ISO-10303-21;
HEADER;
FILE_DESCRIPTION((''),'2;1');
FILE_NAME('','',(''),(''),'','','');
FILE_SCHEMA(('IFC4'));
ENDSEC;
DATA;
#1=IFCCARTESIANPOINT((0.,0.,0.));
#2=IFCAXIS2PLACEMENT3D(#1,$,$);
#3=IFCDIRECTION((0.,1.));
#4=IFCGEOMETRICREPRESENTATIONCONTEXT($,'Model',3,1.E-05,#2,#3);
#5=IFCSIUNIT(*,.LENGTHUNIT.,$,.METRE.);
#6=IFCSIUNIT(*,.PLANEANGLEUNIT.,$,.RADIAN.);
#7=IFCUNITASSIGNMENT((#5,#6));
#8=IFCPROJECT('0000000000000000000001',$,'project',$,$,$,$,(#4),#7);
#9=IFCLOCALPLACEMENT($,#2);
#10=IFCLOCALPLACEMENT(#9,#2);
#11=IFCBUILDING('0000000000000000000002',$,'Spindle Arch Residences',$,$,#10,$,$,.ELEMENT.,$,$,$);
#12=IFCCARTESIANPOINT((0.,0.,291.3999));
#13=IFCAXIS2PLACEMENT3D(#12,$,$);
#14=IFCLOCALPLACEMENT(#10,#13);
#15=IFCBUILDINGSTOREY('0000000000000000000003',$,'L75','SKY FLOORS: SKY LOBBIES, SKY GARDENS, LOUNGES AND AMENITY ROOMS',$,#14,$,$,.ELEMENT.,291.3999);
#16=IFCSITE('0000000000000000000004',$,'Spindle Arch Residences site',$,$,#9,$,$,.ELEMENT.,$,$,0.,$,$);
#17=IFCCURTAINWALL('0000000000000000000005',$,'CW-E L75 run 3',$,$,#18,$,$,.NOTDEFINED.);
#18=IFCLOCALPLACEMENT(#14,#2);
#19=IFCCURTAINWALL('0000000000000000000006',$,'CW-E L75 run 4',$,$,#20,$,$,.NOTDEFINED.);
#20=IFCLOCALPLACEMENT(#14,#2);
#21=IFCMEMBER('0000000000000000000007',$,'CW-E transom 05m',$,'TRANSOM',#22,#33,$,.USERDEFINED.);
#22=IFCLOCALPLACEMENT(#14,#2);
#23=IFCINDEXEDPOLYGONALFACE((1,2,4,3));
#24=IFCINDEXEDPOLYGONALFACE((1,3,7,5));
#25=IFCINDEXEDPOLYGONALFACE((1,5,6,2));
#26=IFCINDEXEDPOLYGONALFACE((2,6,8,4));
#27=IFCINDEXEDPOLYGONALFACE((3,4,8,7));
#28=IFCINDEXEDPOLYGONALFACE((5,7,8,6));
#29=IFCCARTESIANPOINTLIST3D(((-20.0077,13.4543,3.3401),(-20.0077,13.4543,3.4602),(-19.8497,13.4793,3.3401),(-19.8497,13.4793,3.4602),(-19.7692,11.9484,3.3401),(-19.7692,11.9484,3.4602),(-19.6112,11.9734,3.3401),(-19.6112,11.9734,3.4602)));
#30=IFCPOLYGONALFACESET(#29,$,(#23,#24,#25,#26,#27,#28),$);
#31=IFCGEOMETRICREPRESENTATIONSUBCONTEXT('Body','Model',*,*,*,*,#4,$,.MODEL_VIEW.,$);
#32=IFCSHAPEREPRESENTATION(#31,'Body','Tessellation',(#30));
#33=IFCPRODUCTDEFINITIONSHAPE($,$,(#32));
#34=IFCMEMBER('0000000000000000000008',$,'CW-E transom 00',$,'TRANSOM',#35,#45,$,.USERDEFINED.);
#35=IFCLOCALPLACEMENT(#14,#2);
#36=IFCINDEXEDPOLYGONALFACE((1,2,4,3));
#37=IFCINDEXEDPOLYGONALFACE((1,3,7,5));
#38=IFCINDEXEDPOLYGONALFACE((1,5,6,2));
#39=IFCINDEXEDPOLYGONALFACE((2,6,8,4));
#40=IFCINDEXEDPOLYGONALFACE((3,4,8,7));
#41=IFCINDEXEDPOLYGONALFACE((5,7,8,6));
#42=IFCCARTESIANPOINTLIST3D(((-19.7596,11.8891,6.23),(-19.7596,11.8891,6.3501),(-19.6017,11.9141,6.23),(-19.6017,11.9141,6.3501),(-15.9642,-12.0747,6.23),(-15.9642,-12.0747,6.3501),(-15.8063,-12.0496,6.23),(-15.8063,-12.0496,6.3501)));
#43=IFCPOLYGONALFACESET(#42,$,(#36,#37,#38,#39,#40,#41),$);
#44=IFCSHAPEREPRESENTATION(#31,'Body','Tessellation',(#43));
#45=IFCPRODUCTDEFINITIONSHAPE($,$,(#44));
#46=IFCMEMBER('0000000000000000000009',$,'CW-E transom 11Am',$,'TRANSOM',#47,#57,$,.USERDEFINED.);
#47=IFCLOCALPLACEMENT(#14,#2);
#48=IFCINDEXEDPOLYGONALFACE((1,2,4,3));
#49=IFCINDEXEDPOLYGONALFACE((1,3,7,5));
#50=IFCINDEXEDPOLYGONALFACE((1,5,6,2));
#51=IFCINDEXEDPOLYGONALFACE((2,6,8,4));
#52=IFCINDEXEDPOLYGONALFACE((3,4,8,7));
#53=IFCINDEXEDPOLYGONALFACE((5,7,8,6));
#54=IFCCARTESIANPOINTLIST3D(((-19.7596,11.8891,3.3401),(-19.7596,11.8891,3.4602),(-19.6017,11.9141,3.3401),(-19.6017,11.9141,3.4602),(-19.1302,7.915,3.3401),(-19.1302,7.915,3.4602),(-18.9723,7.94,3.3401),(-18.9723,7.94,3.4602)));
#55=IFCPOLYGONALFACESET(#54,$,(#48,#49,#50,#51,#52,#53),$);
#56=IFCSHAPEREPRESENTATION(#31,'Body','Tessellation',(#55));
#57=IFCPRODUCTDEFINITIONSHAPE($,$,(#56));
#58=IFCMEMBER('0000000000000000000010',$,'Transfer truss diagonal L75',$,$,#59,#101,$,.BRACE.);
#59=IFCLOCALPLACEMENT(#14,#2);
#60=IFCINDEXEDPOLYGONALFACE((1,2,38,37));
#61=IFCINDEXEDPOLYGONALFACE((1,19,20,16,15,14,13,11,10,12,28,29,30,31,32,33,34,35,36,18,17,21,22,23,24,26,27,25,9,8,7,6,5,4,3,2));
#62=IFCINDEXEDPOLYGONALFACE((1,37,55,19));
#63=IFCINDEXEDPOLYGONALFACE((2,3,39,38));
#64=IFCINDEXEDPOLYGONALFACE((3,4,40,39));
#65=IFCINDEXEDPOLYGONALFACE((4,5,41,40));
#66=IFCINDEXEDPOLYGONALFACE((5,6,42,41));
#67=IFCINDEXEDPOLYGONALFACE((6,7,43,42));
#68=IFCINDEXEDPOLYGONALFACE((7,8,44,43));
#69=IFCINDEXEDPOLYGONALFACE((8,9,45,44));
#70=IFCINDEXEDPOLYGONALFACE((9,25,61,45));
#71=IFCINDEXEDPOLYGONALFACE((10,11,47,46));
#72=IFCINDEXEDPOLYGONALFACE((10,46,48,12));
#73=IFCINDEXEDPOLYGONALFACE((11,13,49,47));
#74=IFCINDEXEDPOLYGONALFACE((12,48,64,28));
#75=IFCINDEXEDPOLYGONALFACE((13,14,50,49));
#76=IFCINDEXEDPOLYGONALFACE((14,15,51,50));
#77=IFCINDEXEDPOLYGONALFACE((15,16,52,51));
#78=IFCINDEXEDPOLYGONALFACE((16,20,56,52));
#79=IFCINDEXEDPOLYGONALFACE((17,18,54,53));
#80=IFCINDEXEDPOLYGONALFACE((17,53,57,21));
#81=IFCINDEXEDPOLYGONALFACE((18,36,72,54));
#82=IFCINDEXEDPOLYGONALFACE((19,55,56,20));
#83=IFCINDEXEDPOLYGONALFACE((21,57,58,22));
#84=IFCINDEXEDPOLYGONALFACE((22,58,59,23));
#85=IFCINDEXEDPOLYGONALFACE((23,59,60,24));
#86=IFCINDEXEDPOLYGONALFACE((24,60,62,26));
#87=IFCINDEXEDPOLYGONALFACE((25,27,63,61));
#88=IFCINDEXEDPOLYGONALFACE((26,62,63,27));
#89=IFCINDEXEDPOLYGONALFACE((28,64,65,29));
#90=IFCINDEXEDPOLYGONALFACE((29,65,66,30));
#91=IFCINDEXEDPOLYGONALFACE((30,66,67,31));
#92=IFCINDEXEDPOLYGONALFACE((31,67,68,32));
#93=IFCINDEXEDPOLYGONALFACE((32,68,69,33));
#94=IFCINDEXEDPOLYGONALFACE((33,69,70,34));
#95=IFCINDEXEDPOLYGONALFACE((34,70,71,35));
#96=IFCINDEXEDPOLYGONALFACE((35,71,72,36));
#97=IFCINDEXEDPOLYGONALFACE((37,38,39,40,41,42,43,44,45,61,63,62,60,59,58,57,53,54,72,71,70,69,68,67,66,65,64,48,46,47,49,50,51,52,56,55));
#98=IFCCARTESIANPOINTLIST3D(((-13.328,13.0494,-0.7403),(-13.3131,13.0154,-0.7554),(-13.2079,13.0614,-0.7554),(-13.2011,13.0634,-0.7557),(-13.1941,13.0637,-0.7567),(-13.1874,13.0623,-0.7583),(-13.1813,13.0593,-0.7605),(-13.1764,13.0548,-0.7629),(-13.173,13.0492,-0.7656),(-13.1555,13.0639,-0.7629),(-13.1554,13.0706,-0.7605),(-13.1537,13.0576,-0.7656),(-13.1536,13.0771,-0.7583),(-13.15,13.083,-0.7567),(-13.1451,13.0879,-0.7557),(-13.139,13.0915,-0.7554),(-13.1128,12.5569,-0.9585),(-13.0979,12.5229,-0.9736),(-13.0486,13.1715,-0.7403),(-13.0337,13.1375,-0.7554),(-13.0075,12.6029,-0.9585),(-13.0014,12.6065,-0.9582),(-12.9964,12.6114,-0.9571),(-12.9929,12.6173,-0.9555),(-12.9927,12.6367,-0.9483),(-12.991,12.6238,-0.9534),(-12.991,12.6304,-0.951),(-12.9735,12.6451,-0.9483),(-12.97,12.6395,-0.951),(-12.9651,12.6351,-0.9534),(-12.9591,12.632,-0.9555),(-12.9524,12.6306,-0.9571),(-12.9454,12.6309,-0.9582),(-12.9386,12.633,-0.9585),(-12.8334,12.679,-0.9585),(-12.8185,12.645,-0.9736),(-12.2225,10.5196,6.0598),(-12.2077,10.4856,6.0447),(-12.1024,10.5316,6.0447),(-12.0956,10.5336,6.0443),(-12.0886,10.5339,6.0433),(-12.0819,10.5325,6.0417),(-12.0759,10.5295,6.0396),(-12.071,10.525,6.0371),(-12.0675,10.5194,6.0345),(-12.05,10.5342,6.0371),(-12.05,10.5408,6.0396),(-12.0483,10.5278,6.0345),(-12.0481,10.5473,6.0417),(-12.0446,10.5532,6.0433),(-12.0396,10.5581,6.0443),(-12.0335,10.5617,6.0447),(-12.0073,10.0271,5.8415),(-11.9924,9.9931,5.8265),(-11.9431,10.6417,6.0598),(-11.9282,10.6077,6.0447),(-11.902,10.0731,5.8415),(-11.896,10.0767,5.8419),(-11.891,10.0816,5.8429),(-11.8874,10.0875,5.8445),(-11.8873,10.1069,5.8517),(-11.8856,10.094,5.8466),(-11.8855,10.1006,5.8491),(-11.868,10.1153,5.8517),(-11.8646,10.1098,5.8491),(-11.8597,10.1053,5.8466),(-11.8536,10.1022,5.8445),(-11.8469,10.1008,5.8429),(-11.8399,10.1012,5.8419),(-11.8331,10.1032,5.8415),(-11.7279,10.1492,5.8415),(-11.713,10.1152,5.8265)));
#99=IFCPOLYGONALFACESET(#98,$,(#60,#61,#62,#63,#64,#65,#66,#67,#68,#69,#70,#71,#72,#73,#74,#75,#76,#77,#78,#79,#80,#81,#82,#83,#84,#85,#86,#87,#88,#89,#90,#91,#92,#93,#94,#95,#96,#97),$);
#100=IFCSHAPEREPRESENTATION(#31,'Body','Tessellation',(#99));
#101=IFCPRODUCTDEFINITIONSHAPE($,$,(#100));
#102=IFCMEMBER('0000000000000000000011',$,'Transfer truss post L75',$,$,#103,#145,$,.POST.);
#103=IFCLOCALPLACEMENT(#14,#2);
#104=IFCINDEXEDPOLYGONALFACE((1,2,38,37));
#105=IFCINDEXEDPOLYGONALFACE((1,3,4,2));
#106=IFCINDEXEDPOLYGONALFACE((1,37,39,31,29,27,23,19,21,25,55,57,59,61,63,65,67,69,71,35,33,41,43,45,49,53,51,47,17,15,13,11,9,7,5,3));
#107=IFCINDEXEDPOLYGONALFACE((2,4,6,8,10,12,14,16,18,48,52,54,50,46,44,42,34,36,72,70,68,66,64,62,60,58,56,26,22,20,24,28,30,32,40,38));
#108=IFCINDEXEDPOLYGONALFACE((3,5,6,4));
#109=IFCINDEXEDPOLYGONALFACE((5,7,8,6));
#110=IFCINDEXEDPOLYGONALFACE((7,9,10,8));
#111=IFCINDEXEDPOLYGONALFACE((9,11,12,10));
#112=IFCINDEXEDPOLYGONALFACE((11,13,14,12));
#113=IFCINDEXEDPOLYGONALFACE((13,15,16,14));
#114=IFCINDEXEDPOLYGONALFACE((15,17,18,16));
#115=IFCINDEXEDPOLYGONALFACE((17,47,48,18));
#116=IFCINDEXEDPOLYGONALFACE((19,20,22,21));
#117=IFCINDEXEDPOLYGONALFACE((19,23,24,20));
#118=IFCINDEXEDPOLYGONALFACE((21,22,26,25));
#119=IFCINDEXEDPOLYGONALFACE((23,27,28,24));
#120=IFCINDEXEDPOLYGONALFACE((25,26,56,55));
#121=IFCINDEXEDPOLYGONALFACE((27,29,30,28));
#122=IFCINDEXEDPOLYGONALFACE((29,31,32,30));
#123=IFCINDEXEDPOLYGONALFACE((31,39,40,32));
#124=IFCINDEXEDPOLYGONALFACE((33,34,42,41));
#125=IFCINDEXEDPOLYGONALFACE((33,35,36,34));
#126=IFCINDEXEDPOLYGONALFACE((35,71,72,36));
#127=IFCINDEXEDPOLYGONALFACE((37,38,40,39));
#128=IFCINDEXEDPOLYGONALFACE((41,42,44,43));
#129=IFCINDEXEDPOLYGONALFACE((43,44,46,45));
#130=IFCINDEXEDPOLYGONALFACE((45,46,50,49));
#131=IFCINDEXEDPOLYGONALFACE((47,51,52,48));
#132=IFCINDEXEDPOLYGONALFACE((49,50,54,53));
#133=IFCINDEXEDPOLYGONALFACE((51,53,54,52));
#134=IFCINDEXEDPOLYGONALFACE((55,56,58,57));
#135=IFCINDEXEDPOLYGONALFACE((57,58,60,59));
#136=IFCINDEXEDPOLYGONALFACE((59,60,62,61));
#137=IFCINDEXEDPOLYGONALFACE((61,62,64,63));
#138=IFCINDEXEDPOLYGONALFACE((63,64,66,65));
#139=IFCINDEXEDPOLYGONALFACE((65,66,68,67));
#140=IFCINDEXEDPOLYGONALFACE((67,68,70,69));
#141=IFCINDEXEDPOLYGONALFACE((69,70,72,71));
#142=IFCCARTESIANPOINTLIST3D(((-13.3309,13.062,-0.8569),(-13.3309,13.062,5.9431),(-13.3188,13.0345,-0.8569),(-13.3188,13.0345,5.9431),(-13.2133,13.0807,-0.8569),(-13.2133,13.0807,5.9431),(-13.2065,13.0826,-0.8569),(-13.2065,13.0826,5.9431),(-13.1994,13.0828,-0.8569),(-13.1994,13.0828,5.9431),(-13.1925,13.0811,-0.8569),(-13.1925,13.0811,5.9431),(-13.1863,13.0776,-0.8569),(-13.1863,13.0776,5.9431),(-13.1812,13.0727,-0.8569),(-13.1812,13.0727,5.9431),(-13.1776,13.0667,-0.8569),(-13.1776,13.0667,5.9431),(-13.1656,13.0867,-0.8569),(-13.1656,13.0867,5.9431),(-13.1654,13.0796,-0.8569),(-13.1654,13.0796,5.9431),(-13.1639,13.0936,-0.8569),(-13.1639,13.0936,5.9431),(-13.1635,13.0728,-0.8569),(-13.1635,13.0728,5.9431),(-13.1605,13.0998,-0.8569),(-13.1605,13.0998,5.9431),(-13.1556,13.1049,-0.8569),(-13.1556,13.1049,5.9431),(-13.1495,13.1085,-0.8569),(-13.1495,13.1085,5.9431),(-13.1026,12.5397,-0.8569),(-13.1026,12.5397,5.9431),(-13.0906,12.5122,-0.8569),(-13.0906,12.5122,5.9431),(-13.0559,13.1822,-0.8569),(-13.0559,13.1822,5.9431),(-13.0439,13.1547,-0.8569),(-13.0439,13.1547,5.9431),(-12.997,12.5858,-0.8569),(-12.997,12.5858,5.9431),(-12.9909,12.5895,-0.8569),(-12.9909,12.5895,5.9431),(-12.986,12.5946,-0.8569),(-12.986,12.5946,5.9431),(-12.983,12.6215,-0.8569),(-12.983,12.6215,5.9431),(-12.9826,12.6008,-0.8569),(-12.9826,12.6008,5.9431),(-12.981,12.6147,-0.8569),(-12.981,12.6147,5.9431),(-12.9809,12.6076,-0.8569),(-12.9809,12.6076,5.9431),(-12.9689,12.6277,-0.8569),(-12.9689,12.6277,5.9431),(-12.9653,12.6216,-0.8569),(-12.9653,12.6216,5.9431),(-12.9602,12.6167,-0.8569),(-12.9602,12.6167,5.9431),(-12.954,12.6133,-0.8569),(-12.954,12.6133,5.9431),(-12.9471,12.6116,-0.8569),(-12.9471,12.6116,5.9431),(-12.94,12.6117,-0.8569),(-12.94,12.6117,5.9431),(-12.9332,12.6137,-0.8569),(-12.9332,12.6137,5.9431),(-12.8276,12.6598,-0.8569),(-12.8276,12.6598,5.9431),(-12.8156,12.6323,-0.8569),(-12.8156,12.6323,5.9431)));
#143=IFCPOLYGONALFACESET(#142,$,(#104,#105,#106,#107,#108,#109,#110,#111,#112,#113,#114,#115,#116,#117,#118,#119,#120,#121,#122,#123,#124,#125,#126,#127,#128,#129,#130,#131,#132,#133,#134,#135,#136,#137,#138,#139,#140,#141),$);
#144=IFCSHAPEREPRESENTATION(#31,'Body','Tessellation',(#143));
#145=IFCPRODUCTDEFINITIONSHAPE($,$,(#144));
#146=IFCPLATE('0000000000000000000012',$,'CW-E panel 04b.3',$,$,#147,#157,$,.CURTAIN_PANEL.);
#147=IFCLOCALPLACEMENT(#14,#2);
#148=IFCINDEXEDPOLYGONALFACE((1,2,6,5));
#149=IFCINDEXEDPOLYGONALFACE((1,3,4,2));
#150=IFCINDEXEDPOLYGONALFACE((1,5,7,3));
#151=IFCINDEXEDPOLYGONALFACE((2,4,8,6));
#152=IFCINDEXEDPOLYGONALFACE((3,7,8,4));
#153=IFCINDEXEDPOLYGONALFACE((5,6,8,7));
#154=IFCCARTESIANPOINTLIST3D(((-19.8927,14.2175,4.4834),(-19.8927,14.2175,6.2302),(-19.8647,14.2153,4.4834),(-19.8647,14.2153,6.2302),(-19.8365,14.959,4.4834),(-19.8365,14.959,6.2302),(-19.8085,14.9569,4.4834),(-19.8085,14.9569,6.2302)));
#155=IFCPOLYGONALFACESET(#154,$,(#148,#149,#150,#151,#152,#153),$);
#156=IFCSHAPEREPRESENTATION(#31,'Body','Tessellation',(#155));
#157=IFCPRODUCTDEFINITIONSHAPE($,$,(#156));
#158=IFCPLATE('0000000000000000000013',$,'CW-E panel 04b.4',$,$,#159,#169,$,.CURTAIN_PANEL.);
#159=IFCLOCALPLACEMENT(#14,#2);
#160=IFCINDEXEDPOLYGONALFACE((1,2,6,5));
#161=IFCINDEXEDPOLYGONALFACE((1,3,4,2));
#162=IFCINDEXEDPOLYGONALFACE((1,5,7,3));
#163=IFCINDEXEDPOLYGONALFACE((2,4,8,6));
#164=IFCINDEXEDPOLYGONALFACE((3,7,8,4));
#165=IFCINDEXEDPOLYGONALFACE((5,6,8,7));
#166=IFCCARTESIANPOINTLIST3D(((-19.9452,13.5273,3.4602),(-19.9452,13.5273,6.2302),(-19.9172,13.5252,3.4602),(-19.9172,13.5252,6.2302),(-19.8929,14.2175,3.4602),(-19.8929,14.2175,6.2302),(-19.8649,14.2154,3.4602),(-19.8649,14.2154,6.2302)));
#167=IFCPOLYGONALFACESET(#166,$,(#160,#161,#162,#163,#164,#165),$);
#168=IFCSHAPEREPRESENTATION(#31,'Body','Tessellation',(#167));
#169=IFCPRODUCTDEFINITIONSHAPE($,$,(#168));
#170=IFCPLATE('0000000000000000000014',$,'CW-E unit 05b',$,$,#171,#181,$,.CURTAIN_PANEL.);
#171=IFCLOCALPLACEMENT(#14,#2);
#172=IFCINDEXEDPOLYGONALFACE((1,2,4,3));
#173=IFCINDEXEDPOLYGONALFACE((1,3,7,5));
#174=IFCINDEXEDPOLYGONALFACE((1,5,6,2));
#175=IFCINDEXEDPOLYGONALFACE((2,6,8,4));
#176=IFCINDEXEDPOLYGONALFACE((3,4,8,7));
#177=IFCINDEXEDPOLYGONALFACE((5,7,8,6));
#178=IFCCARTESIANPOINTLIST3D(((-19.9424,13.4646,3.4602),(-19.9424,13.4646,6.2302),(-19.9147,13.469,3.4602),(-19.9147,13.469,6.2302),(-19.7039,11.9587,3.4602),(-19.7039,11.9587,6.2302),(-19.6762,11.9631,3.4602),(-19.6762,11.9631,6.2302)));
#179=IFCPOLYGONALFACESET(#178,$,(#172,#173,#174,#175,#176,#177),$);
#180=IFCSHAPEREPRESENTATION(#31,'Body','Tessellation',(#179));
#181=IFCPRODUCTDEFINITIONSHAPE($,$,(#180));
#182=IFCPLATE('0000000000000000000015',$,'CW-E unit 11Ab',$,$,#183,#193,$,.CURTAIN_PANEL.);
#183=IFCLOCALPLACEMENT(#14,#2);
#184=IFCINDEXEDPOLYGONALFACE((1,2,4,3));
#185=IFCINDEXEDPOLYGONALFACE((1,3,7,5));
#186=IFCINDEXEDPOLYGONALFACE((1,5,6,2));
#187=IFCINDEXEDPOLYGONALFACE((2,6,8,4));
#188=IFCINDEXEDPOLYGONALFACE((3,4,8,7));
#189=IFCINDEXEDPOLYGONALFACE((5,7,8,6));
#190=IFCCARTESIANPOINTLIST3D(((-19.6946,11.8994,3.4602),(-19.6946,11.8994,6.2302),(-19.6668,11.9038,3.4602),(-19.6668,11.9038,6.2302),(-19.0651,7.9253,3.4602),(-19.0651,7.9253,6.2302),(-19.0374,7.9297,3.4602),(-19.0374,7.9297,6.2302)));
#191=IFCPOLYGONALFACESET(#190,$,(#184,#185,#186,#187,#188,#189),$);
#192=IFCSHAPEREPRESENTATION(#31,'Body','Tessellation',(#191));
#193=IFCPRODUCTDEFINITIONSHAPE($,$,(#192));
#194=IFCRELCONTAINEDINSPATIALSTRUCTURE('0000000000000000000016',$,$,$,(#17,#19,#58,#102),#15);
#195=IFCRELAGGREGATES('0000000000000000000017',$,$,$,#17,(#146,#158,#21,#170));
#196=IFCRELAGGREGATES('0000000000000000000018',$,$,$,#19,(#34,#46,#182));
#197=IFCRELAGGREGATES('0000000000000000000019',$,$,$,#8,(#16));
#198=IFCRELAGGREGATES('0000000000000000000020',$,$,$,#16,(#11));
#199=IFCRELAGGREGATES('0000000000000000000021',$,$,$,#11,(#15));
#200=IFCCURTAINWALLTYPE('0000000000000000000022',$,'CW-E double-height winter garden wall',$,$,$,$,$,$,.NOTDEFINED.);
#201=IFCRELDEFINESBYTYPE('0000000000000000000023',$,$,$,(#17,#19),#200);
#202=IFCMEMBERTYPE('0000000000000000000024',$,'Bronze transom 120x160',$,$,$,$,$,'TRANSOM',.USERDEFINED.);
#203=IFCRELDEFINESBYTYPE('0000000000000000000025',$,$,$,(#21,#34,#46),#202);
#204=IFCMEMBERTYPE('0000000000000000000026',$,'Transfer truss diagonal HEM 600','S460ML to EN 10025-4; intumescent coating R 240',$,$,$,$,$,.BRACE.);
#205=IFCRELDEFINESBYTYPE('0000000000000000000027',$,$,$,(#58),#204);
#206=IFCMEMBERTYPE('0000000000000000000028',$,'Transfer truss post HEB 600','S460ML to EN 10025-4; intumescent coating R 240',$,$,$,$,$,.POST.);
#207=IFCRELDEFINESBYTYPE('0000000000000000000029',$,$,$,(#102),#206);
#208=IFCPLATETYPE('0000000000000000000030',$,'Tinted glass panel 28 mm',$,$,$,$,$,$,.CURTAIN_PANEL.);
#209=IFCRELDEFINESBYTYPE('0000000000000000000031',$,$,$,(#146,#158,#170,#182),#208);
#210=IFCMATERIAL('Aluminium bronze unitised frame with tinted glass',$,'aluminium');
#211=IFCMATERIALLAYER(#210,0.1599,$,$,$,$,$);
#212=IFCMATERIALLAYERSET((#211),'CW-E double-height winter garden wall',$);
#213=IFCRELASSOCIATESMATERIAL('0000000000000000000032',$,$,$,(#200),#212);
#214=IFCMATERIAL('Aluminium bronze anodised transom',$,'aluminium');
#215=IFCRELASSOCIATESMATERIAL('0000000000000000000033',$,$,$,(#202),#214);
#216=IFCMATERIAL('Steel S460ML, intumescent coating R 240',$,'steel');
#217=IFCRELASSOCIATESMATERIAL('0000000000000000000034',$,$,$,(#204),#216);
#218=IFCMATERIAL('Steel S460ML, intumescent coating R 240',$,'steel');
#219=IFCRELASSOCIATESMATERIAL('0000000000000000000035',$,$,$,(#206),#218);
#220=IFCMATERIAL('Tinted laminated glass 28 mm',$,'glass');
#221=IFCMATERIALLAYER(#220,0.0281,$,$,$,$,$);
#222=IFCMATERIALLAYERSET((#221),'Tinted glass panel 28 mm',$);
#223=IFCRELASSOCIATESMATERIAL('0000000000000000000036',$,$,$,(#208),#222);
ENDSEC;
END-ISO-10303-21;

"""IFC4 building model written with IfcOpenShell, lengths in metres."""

from ifc_helpers import new_model, si_unit, direction, frame, origin, origin_2d, place, context, subcontext, project, spatial, rectangle, i_section, extrude, material, layer, layer_set, material_profile, profile_set, type_object, element, aggregate, save


model = new_model("IFC4")

# Units and contexts
model_context = context("Model", 3, precision=1e-05, world=origin(), true_north=direction((0.0, 1.0)))
body_context = subcontext(model_context, "Body", "Model", "MODEL_VIEW")
ifc_project = project(units=[si_unit("LENGTHUNIT", "METRE"), si_unit("PLANEANGLEUNIT", "RADIAN")], contexts=[model_context])

# Site, building, storey
site_placement = place(None, origin())
site = spatial("IfcSite", under=ifc_project, at=site_placement, Name="Spindle Arch Residences site", CompositionType="ELEMENT", RefElevation=0.0)
building_placement = place(site_placement, origin())
building = spatial("IfcBuilding", under=site, at=building_placement, Name="Spindle Arch Residences", CompositionType="ELEMENT")
storey_placement = place(building_placement, frame((0.0, 0.0, 291.3999)))
storey = spatial("IfcBuildingStorey", under=building, at=storey_placement, Name="L75", Description="SKY FLOORS: SKY LOBBIES, SKY GARDENS, LOUNGES AND AMENITY ROOMS", CompositionType="ELEMENT", Elevation=291.3999)

# Curtain walls
ifc_material_1 = material(Name="Aluminium bronze unitised frame with tinted glass", Category="aluminium")
ifc_layer_1 = layer(ifc_material_1, 0.1599)
ifc_layer_set_1 = layer_set([ifc_layer_1], Name="CW-E double-height winter garden wall")
curtain_wall_type = type_object("IfcCurtainWallType", Name="CW-E double-height winter garden wall", PredefinedType="NOTDEFINED", material=ifc_layer_set_1)
curtain_wall_1_placement = place(storey_placement, origin())
curtain_wall_1 = element("IfcCurtainWall", 1, at=curtain_wall_1_placement, inside=storey, type_object=curtain_wall_type, Name="CW-E L75 run 3", PredefinedType="NOTDEFINED")
curtain_wall_2_placement = place(storey_placement, origin())
curtain_wall_2 = element("IfcCurtainWall", 2, at=curtain_wall_2_placement, inside=storey, type_object=curtain_wall_type, Name="CW-E L75 run 4", PredefinedType="NOTDEFINED")

# Members
ifc_material_2 = material(Name="Aluminium bronze anodised transom", Category="aluminium")
ifc_material_profile_1 = material_profile(ifc_material_2, rectangle(XDim=0.1599, YDim=0.1201, at=origin_2d()), Name="TR 120x160")
ifc_profile_set_1 = profile_set([ifc_material_profile_1], Name="Aluminium bronze anodised transom")
member_type_1 = type_object("IfcMemberType", Name="Bronze transom 120x160", ElementType="TRANSOM", PredefinedType="USERDEFINED", material=ifc_profile_set_1)
member_1_placement = place(storey_placement, frame((-19.9287, 13.4668, 3.4001), z_axis=(0.156448, -0.987686, 0.0), x_axis=(0.987686, 0.156448, 0.0)))
member_1 = element("IfcMember", 3, at=member_1_placement, type_object=member_type_1, Name="CW-E transom 05m", ObjectType="TRANSOM", PredefinedType="USERDEFINED", context=body_context, shape_type="SweptSolid", body=[
    extrude(rectangle(XDim=0.1599, YDim=0.1201, at=origin_2d()), origin(), (0.0, 0.0, 1.0), 1.5247),
])
member_2_placement = place(storey_placement, frame((-19.6807, 11.9016, 6.29), z_axis=(0.156431, -0.987689, 0.0), x_axis=(0.987689, 0.156431, 0.0)))
member_2 = element("IfcMember", 4, at=member_2_placement, type_object=member_type_1, Name="CW-E transom 00", ObjectType="TRANSOM", PredefinedType="USERDEFINED", context=body_context, shape_type="SweptSolid", body=[
    extrude(rectangle(XDim=0.1599, YDim=0.1201, at=origin_2d()), origin(), (0.0, 0.0, 1.0), 24.2625),
])
member_3_placement = place(storey_placement, frame((-19.6807, 11.9016, 3.4001), z_axis=(0.156424, -0.98769, 0.0), x_axis=(0.98769, 0.156424, 0.0)))
member_3 = element("IfcMember", 5, at=member_3_placement, type_object=member_type_1, Name="CW-E transom 11Am", ObjectType="TRANSOM", PredefinedType="USERDEFINED", context=body_context, shape_type="SweptSolid", body=[
    extrude(rectangle(XDim=0.1599, YDim=0.1201, at=origin_2d()), origin(), (0.0, 0.0, 1.0), 4.0237),
])

# Members
ifc_material_3 = material(Name="Steel S460ML, intumescent coating R 240", Category="steel")
ifc_material_profile_2 = material_profile(ifc_material_3, i_section(OverallWidth=0.3049, OverallDepth=0.6201, WebThickness=0.021, FlangeThickness=0.04, FilletRadius=0.0271, at=origin_2d()), Name="HEM 600")
ifc_profile_set_2 = profile_set([ifc_material_profile_2], Name="Steel S460ML, intumescent coating R 240")
member_type_2 = type_object("IfcMemberType", Name="Transfer truss diagonal HEM 600", Description="S460ML to EN 10025-4; intumescent coating R 240", PredefinedType="BRACE", material=ifc_profile_set_2)
member_4_placement = place(storey_placement, frame((-13.0732, 12.8472, -0.8569), z_axis=(0.150627, -0.344699, 0.926549), x_axis=(0.916332, 0.40042, 0.0)))
element("IfcMember", 6, at=member_4_placement, inside=storey, type_object=member_type_2, Name="Transfer truss diagonal L75", PredefinedType="BRACE", context=body_context, shape_type="SweptSolid", body=[
    extrude(i_section(OverallWidth=0.3049, OverallDepth=0.6201, WebThickness=0.021, FlangeThickness=0.04, FilletRadius=0.0271, at=origin_2d()), origin(), (0.0, 0.0, 1.0), 7.3391),
])
ifc_material_4 = material(Name="Steel S460ML, intumescent coating R 240", Category="steel")
ifc_material_profile_3 = material_profile(ifc_material_4, i_section(OverallWidth=0.3, OverallDepth=0.6001, WebThickness=0.0154, FlangeThickness=0.03, FilletRadius=0.0271, at=origin_2d()), Name="HEB 600")
ifc_profile_set_3 = profile_set([ifc_material_profile_3], Name="Steel S460ML, intumescent coating R 240")
member_type_3 = type_object("IfcMemberType", Name="Transfer truss post HEB 600", Description="S460ML to EN 10025-4; intumescent coating R 240", PredefinedType="POST", material=ifc_profile_set_3)
member_5_placement = place(storey_placement, frame((-13.0732, 12.8472, -0.8569), z_axis=(0.0, 0.0, 1.0), x_axis=(0.916315, 0.400458, 0.0)))
element("IfcMember", 7, at=member_5_placement, inside=storey, type_object=member_type_3, Name="Transfer truss post L75", PredefinedType="POST", context=body_context, shape_type="SweptSolid", body=[
    extrude(i_section(OverallWidth=0.3, OverallDepth=0.6001, WebThickness=0.0154, FlangeThickness=0.03, FilletRadius=0.0271, at=origin_2d()), origin(), (0.0, 0.0, 1.0), 6.8),
])

# Plates
ifc_material_5 = material(Name="Tinted laminated glass 28 mm", Category="glass")
ifc_layer_2 = layer(ifc_material_5, 0.0281)
ifc_layer_set_2 = layer_set([ifc_layer_2], Name="Tinted glass panel 28 mm")
plate_type_1 = type_object("IfcPlateType", Name="Tinted glass panel 28 mm", PredefinedType="CURTAIN_PANEL", material=ifc_layer_set_2)
plate_1_placement = place(storey_placement, frame((-19.8506, 14.5872, 4.4834), z_axis=(0.0, 0.0, 1.0), x_axis=(-0.075559, -0.997141, 0.0)))
plate_1 = element("IfcPlate", 8, at=plate_1_placement, type_object=plate_type_1, Name="CW-E panel 04b.3", PredefinedType="CURTAIN_PANEL", context=body_context, shape_type="SweptSolid", body=[
    extrude(rectangle(XDim=0.7437, YDim=0.0281, at=origin_2d()), origin(), (0.0, 0.0, 1.0), 1.7468),
])
plate_2_placement = place(storey_placement, frame((-19.905, 13.8713, 3.4602), z_axis=(0.0, 0.0, 1.0), x_axis=(-0.075559, -0.997141, 0.0)))
plate_2 = element("IfcPlate", 9, at=plate_2_placement, type_object=plate_type_1, Name="CW-E panel 04b.4", PredefinedType="CURTAIN_PANEL", context=body_context, shape_type="SweptSolid", body=[
    extrude(rectangle(XDim=0.6921, YDim=0.0281, at=origin_2d()), origin(), (0.0, 0.0, 1.0), 2.77),
])
plate_3_placement = place(storey_placement, frame((-19.8093, 12.7139, 3.4602), z_axis=(0.0, 0.0, 1.0), x_axis=(0.156434, -0.987688, 0.0)))
plate_3 = element("IfcPlate", 10, at=plate_3_placement, type_object=plate_type_1, Name="CW-E unit 05b", PredefinedType="CURTAIN_PANEL", context=body_context, shape_type="SweptSolid", body=[
    extrude(rectangle(XDim=1.5247, YDim=0.0281, at=origin_2d()), origin(), (0.0, 0.0, 1.0), 2.77),
])
plate_4_placement = place(storey_placement, frame((-19.366, 9.9146, 3.4602), z_axis=(0.0, 0.0, 1.0), x_axis=(0.156434, -0.987688, 0.0)))
plate_4 = element("IfcPlate", 11, at=plate_4_placement, type_object=plate_type_1, Name="CW-E unit 11Ab", PredefinedType="CURTAIN_PANEL", context=body_context, shape_type="SweptSolid", body=[
    extrude(rectangle(XDim=4.0237, YDim=0.0281, at=origin_2d()), origin(), (0.0, 0.0, 1.0), 2.77),
])
aggregate(curtain_wall_1, [plate_1, plate_2, member_1, plate_3])
aggregate(curtain_wall_2, [member_2, member_3, plate_4])

save(model, "model.ifc")
